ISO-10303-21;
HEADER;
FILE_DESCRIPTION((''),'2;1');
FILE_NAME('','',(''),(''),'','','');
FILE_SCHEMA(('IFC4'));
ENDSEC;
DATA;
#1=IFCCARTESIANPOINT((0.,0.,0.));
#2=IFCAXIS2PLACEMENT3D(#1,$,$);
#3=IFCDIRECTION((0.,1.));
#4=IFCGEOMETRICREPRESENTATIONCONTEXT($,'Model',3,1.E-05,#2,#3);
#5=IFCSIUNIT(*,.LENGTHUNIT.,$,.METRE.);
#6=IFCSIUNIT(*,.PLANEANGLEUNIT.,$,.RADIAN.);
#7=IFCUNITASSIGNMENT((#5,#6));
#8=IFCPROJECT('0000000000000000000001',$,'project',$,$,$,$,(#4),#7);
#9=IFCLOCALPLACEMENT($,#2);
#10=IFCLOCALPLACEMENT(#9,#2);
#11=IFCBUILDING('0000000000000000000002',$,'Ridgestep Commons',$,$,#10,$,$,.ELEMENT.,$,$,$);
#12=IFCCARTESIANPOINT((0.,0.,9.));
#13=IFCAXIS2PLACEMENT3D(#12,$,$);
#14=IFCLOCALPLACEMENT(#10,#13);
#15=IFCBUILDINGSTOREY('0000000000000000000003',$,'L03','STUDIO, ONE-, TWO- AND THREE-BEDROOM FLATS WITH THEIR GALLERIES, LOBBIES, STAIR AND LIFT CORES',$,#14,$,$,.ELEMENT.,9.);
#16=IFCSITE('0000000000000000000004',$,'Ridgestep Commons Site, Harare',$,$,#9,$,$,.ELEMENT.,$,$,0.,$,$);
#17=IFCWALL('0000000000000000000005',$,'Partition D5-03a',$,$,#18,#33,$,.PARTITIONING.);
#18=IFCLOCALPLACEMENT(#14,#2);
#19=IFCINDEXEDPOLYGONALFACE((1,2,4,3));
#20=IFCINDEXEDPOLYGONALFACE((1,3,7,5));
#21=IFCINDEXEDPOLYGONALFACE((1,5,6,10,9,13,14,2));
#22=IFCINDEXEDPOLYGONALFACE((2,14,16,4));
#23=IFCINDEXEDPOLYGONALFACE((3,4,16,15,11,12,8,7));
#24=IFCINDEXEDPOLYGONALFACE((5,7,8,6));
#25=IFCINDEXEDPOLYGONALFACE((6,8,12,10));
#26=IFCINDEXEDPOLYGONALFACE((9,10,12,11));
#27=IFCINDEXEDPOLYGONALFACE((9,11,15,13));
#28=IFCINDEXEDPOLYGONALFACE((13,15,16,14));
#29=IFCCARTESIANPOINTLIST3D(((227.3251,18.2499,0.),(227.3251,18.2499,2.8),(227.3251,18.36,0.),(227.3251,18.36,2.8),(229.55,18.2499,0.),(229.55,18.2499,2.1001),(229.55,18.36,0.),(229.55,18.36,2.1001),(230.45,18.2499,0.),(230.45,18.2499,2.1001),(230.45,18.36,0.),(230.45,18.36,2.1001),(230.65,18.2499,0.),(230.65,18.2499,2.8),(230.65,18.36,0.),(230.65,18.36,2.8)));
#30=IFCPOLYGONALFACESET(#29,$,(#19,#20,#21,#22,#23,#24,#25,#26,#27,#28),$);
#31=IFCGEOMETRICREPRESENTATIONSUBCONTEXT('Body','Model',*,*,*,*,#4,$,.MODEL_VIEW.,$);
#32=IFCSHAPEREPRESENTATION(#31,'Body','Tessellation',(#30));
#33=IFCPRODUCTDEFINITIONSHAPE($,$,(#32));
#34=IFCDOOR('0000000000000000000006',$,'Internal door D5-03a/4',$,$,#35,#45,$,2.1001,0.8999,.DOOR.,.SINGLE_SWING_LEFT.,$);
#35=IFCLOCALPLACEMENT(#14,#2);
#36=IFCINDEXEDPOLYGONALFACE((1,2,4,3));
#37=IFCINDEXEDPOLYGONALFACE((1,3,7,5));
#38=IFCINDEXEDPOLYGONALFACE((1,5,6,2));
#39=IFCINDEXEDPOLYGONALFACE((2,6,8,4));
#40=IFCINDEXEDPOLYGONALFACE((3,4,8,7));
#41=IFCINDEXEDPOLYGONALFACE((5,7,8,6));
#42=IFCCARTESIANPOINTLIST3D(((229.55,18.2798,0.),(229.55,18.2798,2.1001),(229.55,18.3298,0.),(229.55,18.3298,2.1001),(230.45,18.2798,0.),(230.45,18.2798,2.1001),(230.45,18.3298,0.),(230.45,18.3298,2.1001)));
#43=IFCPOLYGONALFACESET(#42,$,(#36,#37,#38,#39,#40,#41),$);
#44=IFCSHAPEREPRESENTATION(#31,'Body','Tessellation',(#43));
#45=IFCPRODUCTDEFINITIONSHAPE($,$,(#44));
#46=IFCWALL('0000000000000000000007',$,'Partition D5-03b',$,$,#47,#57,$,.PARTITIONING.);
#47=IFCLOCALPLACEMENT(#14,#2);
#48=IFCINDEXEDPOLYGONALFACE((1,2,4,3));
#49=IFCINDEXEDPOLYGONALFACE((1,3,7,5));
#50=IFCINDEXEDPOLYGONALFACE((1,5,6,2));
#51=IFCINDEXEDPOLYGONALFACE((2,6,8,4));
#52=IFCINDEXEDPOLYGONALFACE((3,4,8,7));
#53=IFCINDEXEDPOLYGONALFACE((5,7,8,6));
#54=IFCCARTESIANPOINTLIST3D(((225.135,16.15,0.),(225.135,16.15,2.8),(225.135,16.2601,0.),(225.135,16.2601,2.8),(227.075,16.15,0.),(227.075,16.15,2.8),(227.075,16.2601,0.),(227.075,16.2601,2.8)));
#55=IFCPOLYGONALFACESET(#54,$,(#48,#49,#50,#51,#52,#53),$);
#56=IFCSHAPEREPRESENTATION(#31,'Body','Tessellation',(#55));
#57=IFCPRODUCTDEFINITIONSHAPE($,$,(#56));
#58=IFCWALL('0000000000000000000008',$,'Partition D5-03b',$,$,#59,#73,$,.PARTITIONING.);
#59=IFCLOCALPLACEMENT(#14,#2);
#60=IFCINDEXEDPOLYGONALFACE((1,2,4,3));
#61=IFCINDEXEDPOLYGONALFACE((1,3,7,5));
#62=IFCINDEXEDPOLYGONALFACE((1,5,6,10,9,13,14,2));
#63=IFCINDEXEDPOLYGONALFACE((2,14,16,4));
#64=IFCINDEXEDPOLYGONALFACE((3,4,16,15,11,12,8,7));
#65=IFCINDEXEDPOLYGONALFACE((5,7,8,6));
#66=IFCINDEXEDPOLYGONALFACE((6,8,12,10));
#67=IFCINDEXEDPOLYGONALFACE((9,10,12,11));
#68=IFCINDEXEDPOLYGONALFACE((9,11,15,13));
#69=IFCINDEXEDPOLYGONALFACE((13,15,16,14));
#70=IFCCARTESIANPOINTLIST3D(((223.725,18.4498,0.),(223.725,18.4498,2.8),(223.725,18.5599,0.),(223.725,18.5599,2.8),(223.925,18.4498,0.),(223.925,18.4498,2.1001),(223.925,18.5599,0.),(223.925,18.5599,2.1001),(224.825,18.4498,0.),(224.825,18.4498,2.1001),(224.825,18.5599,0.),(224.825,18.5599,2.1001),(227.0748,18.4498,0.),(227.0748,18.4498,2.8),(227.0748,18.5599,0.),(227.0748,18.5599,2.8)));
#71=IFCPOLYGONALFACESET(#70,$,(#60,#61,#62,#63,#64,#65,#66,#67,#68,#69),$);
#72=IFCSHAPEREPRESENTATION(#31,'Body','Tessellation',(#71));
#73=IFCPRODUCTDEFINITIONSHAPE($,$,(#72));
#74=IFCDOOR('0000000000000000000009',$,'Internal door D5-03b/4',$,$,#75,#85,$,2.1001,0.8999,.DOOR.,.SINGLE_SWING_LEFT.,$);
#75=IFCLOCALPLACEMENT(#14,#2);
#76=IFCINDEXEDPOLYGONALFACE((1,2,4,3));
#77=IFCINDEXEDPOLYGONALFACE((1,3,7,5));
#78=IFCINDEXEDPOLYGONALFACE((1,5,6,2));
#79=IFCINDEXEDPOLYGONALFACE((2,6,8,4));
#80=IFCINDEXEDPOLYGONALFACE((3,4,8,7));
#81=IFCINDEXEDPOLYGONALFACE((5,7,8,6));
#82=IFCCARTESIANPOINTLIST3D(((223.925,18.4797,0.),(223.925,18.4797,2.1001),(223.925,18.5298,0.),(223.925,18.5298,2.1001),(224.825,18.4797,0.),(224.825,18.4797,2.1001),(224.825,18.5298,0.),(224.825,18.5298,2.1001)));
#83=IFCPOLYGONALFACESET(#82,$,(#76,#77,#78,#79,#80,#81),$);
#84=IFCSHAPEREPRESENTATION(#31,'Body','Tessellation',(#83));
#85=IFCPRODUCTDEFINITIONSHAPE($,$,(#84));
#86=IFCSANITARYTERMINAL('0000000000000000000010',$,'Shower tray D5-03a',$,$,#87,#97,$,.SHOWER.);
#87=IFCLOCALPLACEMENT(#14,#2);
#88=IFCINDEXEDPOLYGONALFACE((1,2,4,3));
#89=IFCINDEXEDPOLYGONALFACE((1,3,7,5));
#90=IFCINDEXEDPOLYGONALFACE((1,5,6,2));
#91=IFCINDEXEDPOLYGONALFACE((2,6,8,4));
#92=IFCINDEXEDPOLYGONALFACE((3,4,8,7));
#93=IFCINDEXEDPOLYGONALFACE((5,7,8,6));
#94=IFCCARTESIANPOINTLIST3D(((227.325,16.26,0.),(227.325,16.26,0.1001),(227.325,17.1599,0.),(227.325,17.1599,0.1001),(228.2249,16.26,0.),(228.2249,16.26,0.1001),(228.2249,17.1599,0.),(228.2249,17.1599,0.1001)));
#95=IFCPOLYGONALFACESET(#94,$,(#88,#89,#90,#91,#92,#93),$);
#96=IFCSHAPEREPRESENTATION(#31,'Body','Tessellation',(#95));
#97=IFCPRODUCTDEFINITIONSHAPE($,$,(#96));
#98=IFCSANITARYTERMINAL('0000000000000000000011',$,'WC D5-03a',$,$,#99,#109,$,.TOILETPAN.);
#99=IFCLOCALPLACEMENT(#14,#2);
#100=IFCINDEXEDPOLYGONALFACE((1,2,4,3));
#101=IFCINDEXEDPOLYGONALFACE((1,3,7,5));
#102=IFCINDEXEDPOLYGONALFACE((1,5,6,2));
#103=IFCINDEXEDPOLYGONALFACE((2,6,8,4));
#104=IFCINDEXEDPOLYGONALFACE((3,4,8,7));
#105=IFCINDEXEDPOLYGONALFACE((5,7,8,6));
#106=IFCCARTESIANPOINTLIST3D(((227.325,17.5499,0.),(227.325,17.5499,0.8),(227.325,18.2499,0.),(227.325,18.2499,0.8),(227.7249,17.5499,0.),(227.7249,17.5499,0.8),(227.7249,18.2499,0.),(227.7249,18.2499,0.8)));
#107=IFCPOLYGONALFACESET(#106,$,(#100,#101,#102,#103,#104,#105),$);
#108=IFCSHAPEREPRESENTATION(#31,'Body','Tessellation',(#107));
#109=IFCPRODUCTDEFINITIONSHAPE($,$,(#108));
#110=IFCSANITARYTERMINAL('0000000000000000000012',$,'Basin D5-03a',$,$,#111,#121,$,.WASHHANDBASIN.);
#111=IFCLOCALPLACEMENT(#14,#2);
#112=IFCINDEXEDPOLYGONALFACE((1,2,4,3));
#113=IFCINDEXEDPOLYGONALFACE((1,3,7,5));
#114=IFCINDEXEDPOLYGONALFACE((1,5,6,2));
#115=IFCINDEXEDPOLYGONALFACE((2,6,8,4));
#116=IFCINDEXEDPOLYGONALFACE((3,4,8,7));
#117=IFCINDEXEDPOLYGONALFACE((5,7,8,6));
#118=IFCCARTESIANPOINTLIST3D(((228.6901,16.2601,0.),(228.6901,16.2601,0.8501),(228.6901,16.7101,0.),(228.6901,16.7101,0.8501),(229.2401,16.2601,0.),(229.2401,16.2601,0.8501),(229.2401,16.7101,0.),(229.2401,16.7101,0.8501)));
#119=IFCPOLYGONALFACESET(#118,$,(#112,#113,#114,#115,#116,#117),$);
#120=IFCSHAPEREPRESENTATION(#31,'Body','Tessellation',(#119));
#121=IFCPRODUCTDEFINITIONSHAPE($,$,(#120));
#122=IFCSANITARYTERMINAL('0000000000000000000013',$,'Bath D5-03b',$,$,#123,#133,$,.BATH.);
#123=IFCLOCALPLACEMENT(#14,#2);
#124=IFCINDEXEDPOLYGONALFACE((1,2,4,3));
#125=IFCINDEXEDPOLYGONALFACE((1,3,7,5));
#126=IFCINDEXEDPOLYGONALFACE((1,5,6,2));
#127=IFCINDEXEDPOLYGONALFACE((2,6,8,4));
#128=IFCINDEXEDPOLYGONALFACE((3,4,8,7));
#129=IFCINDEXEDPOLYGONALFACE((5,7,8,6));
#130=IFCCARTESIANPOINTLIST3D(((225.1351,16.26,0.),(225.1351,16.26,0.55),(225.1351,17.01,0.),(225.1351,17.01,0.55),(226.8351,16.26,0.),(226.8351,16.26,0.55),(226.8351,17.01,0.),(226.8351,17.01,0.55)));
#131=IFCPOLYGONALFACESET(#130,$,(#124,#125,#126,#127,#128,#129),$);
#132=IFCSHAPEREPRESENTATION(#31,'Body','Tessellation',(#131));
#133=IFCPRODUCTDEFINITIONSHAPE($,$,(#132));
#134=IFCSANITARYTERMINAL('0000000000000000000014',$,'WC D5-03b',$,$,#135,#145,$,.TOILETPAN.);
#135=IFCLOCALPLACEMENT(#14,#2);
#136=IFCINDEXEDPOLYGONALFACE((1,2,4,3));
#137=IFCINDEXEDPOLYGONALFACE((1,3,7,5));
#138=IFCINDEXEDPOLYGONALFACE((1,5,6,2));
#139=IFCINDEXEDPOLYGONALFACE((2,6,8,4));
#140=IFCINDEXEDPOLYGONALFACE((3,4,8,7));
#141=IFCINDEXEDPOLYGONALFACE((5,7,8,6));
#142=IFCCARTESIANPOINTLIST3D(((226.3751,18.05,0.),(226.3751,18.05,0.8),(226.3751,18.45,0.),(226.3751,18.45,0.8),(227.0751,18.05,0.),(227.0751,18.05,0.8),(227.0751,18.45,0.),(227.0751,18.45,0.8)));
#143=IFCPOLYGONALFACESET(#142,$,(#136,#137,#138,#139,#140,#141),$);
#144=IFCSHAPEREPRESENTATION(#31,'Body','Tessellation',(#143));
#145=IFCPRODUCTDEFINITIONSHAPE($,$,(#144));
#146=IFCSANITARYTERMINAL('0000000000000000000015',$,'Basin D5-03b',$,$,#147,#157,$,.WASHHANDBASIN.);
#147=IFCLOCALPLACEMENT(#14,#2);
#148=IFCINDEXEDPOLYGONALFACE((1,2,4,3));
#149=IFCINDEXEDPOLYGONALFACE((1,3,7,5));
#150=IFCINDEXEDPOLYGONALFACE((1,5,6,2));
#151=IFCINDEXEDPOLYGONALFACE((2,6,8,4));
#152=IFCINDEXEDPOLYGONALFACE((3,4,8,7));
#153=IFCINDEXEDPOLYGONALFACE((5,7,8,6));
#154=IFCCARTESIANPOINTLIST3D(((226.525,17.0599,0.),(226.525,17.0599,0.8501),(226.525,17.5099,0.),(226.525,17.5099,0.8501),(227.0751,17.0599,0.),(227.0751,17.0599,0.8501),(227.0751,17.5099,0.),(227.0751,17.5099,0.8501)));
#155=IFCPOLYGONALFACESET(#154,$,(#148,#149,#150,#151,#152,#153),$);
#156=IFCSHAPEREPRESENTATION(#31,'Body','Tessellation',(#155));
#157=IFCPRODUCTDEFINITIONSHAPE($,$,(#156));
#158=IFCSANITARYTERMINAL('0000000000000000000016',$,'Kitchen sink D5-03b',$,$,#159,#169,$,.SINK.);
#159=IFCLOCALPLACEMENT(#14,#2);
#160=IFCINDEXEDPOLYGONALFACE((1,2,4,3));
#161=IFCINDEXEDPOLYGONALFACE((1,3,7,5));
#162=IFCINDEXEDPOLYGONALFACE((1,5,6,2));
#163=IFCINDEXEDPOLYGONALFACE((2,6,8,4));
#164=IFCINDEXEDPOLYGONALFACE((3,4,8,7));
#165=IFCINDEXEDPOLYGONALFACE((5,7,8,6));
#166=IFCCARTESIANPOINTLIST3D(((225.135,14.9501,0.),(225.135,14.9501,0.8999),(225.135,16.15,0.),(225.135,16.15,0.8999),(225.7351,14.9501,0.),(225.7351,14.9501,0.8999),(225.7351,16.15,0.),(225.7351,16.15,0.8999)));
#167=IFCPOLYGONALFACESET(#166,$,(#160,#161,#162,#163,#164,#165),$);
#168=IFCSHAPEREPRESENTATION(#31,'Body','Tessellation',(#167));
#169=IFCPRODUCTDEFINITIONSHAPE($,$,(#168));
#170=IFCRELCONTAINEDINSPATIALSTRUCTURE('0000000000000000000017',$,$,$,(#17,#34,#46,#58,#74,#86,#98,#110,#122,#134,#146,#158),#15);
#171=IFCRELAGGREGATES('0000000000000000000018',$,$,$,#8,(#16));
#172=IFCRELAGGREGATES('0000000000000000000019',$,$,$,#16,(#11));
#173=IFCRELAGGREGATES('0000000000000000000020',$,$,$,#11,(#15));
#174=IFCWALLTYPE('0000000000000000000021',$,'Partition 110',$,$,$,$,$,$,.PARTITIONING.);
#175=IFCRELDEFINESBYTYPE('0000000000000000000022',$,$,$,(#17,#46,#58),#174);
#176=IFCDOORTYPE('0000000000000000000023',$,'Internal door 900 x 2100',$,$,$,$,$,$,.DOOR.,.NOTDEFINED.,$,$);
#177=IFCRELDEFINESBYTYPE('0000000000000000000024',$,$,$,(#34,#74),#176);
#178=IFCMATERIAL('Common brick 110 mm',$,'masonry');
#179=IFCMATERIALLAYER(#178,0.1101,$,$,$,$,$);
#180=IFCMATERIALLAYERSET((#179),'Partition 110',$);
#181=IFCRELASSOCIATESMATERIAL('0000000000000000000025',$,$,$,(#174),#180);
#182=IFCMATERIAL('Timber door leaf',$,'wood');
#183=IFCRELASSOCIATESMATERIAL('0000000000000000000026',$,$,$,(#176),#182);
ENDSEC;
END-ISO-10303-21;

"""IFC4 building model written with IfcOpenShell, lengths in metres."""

from ifc_helpers import new_model, si_unit, direction, frame, frame_2d, origin, origin_2d, place, context, subcontext, project, spatial, rectangle, extrude, material, layer, layer_set, type_object, element, fill, save


model = new_model("IFC4")

# Units and contexts
model_context = context("Model", 3, precision=1e-05, world=origin(), true_north=direction((0.0, 1.0)))
body_context = subcontext(model_context, "Body", "Model", "MODEL_VIEW")
ifc_project = project(units=[si_unit("LENGTHUNIT", "METRE"), si_unit("PLANEANGLEUNIT", "RADIAN")], contexts=[model_context])

# Site, building, storey
site_placement = place(None, origin())
site = spatial("IfcSite", under=ifc_project, at=site_placement, Name="Ridgestep Commons Site, Harare", CompositionType="ELEMENT", RefElevation=0.0)
building_placement = place(site_placement, origin())
building = spatial("IfcBuilding", under=site, at=building_placement, Name="Ridgestep Commons", CompositionType="ELEMENT")
storey_placement = place(building_placement, frame((0.0, 0.0, 9.0)))
storey = spatial("IfcBuildingStorey", under=building, at=storey_placement, Name="L03", Description="STUDIO, ONE-, TWO- AND THREE-BEDROOM FLATS WITH THEIR GALLERIES, LOBBIES, STAIR AND LIFT CORES", CompositionType="ELEMENT", Elevation=9.0)

# Shared definitions
ifc_material_1 = material(Name="Common brick 110 mm", Category="masonry")
ifc_layer_1 = layer(ifc_material_1, 0.1101)
ifc_layer_set_1 = layer_set([ifc_layer_1], Name="Partition 110")
wall_type_1 = type_object("IfcWallType", Name="Partition 110", PredefinedType="PARTITIONING", material=ifc_layer_set_1)

# Wall, opening, door
wall_1_placement = place(storey_placement, frame((227.325, 18.3049, 0.0), z_axis=(0.0, 0.0, 1.0), x_axis=(1.0, 0.0, 0.0)))
wall_1 = element("IfcWall", 1, at=wall_1_placement, inside=storey, type_object=wall_type_1, Name="Partition D5-03a", PredefinedType="PARTITIONING", context=body_context, shape_type="SweptSolid", body=[
    extrude(rectangle(XDim=3.325, YDim=0.1101, at=frame_2d((1.6626, 0.0))), origin(), (0.0, 0.0, 1.0), 2.8),
])
opening_1_placement = place(wall_1_placement, frame((2.2251, 0.0, 0.0)))
opening_1 = element("IfcOpeningElement", 2, at=opening_1_placement, cuts=wall_1, PredefinedType="OPENING", context=body_context, shape_type="SweptSolid", body=[
    extrude(rectangle(XDim=0.8999, YDim=2.1001, at=frame_2d((0.45, 1.05))), frame((0.0, 0.0649, 0.0), z_axis=(0.0, -1.0, 0.0), x_axis=(1.0, 0.0, 0.0)), (0.0, 0.0, 1.0), 0.1301),
])
ifc_material_2 = material(Name="Timber door leaf", Category="wood")
door_type_1 = type_object("IfcDoorType", Name="Internal door 900 x 2100", OperationType="NOTDEFINED", PredefinedType="DOOR", material=ifc_material_2)
door_1_placement = place(opening_1_placement, origin())
door_1 = element("IfcDoor", 3, at=door_1_placement, inside=storey, type_object=door_type_1, Name="Internal door D5-03a/4", OperationType="SINGLE_SWING_LEFT", OverallHeight=2.1001, OverallWidth=0.8999, PredefinedType="DOOR", context=body_context, shape_type="SweptSolid", body=[
    extrude(rectangle(XDim=0.8999, YDim=2.1001, at=frame_2d((0.45, 1.05))), frame((0.0, 0.0249, 0.0), z_axis=(0.0, -1.0, 0.0), x_axis=(1.0, 0.0, 0.0)), (0.0, 0.0, 1.0), 0.05),
])
fill(opening_1, door_1)

# Wall
wall_2_placement = place(storey_placement, frame((225.135, 16.2051, 0.0), z_axis=(0.0, 0.0, 1.0), x_axis=(1.0, 0.0, 0.0)))
element("IfcWall", 4, at=wall_2_placement, inside=storey, type_object=wall_type_1, Name="Partition D5-03b", PredefinedType="PARTITIONING", context=body_context, shape_type="SweptSolid", body=[
    extrude(rectangle(XDim=1.9399, YDim=0.1101, at=frame_2d((0.97, 0.0))), origin(), (0.0, 0.0, 1.0), 2.8),
])

# Wall, opening, door
wall_3_placement = place(storey_placement, frame((223.7251, 18.5049, 0.0), z_axis=(0.0, 0.0, 1.0), x_axis=(1.0, 0.0, 0.0)))
wall_3 = element("IfcWall", 5, at=wall_3_placement, inside=storey, type_object=wall_type_1, Name="Partition D5-03b", PredefinedType="PARTITIONING", context=body_context, shape_type="SweptSolid", body=[
    extrude(rectangle(XDim=3.3499, YDim=0.1101, at=frame_2d((1.6748, 0.0))), origin(), (0.0, 0.0, 1.0), 2.8),
])
opening_2_placement = place(wall_3_placement, frame((0.2, 0.0, 0.0)))
opening_2 = element("IfcOpeningElement", 6, at=opening_2_placement, cuts=wall_3, PredefinedType="OPENING", context=body_context, shape_type="SweptSolid", body=[
    extrude(rectangle(XDim=0.8999, YDim=2.1001, at=frame_2d((0.45, 1.05))), frame((0.0, 0.0649, 0.0), z_axis=(0.0, -1.0, 0.0), x_axis=(1.0, 0.0, 0.0)), (0.0, 0.0, 1.0), 0.1301),
])
door_2_placement = place(opening_2_placement, origin())
door_2 = element("IfcDoor", 7, at=door_2_placement, inside=storey, type_object=door_type_1, Name="Internal door D5-03b/4", OperationType="SINGLE_SWING_LEFT", OverallHeight=2.1001, OverallWidth=0.8999, PredefinedType="DOOR", context=body_context, shape_type="SweptSolid", body=[
    extrude(rectangle(XDim=0.8999, YDim=2.1001, at=frame_2d((0.45, 1.05))), frame((0.0, 0.0249, 0.0), z_axis=(0.0, -1.0, 0.0), x_axis=(1.0, 0.0, 0.0)), (0.0, 0.0, 1.0), 0.05),
])
fill(opening_2, door_2)

# Sanitary terminals
sanitary_terminal_1_placement = place(storey_placement, frame((227.7749, 16.71, 0.0), z_axis=(0.0, 0.0, 1.0), x_axis=(1.0, 0.0, 0.0)))
element("IfcSanitaryTerminal", 8, at=sanitary_terminal_1_placement, inside=storey, Name="Shower tray D5-03a", PredefinedType="SHOWER", context=body_context, shape_type="SweptSolid", body=[
    extrude(rectangle(XDim=0.8999, YDim=0.8999, at=origin_2d()), origin(), (0.0, 0.0, 1.0), 0.1001),
])
sanitary_terminal_2_placement = place(storey_placement, frame((227.5249, 17.8999, 0.0), z_axis=(0.0, 0.0, 1.0), x_axis=(1.0, 0.0, 0.0)))
element("IfcSanitaryTerminal", 9, at=sanitary_terminal_2_placement, inside=storey, Name="WC D5-03a", PredefinedType="TOILETPAN", context=body_context, shape_type="SweptSolid", body=[
    extrude(rectangle(XDim=0.3999, YDim=0.7, at=origin_2d()), origin(), (0.0, 0.0, 1.0), 0.8),
])
sanitary_terminal_3_placement = place(storey_placement, frame((228.9651, 16.4851, 0.0), z_axis=(0.0, 0.0, 1.0), x_axis=(1.0, 0.0, 0.0)))
element("IfcSanitaryTerminal", 10, at=sanitary_terminal_3_placement, inside=storey, Name="Basin D5-03a", PredefinedType="WASHHANDBASIN", context=body_context, shape_type="SweptSolid", body=[
    extrude(rectangle(XDim=0.55, YDim=0.45, at=origin_2d()), origin(), (0.0, 0.0, 1.0), 0.8501),
])
sanitary_terminal_4_placement = place(storey_placement, frame((225.9851, 16.635, 0.0), z_axis=(0.0, 0.0, 1.0), x_axis=(1.0, 0.0, 0.0)))
element("IfcSanitaryTerminal", 11, at=sanitary_terminal_4_placement, inside=storey, Name="Bath D5-03b", PredefinedType="BATH", context=body_context, shape_type="SweptSolid", body=[
    extrude(rectangle(XDim=1.7, YDim=0.75, at=origin_2d()), origin(), (0.0, 0.0, 1.0), 0.55),
])
sanitary_terminal_5_placement = place(storey_placement, frame((226.7251, 18.25, 0.0), z_axis=(0.0, 0.0, 1.0), x_axis=(1.0, 0.0, 0.0)))
element("IfcSanitaryTerminal", 12, at=sanitary_terminal_5_placement, inside=storey, Name="WC D5-03b", PredefinedType="TOILETPAN", context=body_context, shape_type="SweptSolid", body=[
    extrude(rectangle(XDim=0.7, YDim=0.3999, at=origin_2d()), origin(), (0.0, 0.0, 1.0), 0.8),
])
sanitary_terminal_6_placement = place(storey_placement, frame((226.8, 17.2849, 0.0), z_axis=(0.0, 0.0, 1.0), x_axis=(1.0, 0.0, 0.0)))
element("IfcSanitaryTerminal", 13, at=sanitary_terminal_6_placement, inside=storey, Name="Basin D5-03b", PredefinedType="WASHHANDBASIN", context=body_context, shape_type="SweptSolid", body=[
    extrude(rectangle(XDim=0.55, YDim=0.45, at=origin_2d()), origin(), (0.0, 0.0, 1.0), 0.8501),
])
sanitary_terminal_7_placement = place(storey_placement, frame((225.4351, 15.55, 0.0), z_axis=(0.0, 0.0, 1.0), x_axis=(1.0, 0.0, 0.0)))
element("IfcSanitaryTerminal", 14, at=sanitary_terminal_7_placement, inside=storey, Name="Kitchen sink D5-03b", PredefinedType="SINK", context=body_context, shape_type="SweptSolid", body=[
    extrude(rectangle(XDim=0.6001, YDim=1.2, at=origin_2d()), origin(), (0.0, 0.0, 1.0), 0.8999),
])

save(model, "model.ifc")
